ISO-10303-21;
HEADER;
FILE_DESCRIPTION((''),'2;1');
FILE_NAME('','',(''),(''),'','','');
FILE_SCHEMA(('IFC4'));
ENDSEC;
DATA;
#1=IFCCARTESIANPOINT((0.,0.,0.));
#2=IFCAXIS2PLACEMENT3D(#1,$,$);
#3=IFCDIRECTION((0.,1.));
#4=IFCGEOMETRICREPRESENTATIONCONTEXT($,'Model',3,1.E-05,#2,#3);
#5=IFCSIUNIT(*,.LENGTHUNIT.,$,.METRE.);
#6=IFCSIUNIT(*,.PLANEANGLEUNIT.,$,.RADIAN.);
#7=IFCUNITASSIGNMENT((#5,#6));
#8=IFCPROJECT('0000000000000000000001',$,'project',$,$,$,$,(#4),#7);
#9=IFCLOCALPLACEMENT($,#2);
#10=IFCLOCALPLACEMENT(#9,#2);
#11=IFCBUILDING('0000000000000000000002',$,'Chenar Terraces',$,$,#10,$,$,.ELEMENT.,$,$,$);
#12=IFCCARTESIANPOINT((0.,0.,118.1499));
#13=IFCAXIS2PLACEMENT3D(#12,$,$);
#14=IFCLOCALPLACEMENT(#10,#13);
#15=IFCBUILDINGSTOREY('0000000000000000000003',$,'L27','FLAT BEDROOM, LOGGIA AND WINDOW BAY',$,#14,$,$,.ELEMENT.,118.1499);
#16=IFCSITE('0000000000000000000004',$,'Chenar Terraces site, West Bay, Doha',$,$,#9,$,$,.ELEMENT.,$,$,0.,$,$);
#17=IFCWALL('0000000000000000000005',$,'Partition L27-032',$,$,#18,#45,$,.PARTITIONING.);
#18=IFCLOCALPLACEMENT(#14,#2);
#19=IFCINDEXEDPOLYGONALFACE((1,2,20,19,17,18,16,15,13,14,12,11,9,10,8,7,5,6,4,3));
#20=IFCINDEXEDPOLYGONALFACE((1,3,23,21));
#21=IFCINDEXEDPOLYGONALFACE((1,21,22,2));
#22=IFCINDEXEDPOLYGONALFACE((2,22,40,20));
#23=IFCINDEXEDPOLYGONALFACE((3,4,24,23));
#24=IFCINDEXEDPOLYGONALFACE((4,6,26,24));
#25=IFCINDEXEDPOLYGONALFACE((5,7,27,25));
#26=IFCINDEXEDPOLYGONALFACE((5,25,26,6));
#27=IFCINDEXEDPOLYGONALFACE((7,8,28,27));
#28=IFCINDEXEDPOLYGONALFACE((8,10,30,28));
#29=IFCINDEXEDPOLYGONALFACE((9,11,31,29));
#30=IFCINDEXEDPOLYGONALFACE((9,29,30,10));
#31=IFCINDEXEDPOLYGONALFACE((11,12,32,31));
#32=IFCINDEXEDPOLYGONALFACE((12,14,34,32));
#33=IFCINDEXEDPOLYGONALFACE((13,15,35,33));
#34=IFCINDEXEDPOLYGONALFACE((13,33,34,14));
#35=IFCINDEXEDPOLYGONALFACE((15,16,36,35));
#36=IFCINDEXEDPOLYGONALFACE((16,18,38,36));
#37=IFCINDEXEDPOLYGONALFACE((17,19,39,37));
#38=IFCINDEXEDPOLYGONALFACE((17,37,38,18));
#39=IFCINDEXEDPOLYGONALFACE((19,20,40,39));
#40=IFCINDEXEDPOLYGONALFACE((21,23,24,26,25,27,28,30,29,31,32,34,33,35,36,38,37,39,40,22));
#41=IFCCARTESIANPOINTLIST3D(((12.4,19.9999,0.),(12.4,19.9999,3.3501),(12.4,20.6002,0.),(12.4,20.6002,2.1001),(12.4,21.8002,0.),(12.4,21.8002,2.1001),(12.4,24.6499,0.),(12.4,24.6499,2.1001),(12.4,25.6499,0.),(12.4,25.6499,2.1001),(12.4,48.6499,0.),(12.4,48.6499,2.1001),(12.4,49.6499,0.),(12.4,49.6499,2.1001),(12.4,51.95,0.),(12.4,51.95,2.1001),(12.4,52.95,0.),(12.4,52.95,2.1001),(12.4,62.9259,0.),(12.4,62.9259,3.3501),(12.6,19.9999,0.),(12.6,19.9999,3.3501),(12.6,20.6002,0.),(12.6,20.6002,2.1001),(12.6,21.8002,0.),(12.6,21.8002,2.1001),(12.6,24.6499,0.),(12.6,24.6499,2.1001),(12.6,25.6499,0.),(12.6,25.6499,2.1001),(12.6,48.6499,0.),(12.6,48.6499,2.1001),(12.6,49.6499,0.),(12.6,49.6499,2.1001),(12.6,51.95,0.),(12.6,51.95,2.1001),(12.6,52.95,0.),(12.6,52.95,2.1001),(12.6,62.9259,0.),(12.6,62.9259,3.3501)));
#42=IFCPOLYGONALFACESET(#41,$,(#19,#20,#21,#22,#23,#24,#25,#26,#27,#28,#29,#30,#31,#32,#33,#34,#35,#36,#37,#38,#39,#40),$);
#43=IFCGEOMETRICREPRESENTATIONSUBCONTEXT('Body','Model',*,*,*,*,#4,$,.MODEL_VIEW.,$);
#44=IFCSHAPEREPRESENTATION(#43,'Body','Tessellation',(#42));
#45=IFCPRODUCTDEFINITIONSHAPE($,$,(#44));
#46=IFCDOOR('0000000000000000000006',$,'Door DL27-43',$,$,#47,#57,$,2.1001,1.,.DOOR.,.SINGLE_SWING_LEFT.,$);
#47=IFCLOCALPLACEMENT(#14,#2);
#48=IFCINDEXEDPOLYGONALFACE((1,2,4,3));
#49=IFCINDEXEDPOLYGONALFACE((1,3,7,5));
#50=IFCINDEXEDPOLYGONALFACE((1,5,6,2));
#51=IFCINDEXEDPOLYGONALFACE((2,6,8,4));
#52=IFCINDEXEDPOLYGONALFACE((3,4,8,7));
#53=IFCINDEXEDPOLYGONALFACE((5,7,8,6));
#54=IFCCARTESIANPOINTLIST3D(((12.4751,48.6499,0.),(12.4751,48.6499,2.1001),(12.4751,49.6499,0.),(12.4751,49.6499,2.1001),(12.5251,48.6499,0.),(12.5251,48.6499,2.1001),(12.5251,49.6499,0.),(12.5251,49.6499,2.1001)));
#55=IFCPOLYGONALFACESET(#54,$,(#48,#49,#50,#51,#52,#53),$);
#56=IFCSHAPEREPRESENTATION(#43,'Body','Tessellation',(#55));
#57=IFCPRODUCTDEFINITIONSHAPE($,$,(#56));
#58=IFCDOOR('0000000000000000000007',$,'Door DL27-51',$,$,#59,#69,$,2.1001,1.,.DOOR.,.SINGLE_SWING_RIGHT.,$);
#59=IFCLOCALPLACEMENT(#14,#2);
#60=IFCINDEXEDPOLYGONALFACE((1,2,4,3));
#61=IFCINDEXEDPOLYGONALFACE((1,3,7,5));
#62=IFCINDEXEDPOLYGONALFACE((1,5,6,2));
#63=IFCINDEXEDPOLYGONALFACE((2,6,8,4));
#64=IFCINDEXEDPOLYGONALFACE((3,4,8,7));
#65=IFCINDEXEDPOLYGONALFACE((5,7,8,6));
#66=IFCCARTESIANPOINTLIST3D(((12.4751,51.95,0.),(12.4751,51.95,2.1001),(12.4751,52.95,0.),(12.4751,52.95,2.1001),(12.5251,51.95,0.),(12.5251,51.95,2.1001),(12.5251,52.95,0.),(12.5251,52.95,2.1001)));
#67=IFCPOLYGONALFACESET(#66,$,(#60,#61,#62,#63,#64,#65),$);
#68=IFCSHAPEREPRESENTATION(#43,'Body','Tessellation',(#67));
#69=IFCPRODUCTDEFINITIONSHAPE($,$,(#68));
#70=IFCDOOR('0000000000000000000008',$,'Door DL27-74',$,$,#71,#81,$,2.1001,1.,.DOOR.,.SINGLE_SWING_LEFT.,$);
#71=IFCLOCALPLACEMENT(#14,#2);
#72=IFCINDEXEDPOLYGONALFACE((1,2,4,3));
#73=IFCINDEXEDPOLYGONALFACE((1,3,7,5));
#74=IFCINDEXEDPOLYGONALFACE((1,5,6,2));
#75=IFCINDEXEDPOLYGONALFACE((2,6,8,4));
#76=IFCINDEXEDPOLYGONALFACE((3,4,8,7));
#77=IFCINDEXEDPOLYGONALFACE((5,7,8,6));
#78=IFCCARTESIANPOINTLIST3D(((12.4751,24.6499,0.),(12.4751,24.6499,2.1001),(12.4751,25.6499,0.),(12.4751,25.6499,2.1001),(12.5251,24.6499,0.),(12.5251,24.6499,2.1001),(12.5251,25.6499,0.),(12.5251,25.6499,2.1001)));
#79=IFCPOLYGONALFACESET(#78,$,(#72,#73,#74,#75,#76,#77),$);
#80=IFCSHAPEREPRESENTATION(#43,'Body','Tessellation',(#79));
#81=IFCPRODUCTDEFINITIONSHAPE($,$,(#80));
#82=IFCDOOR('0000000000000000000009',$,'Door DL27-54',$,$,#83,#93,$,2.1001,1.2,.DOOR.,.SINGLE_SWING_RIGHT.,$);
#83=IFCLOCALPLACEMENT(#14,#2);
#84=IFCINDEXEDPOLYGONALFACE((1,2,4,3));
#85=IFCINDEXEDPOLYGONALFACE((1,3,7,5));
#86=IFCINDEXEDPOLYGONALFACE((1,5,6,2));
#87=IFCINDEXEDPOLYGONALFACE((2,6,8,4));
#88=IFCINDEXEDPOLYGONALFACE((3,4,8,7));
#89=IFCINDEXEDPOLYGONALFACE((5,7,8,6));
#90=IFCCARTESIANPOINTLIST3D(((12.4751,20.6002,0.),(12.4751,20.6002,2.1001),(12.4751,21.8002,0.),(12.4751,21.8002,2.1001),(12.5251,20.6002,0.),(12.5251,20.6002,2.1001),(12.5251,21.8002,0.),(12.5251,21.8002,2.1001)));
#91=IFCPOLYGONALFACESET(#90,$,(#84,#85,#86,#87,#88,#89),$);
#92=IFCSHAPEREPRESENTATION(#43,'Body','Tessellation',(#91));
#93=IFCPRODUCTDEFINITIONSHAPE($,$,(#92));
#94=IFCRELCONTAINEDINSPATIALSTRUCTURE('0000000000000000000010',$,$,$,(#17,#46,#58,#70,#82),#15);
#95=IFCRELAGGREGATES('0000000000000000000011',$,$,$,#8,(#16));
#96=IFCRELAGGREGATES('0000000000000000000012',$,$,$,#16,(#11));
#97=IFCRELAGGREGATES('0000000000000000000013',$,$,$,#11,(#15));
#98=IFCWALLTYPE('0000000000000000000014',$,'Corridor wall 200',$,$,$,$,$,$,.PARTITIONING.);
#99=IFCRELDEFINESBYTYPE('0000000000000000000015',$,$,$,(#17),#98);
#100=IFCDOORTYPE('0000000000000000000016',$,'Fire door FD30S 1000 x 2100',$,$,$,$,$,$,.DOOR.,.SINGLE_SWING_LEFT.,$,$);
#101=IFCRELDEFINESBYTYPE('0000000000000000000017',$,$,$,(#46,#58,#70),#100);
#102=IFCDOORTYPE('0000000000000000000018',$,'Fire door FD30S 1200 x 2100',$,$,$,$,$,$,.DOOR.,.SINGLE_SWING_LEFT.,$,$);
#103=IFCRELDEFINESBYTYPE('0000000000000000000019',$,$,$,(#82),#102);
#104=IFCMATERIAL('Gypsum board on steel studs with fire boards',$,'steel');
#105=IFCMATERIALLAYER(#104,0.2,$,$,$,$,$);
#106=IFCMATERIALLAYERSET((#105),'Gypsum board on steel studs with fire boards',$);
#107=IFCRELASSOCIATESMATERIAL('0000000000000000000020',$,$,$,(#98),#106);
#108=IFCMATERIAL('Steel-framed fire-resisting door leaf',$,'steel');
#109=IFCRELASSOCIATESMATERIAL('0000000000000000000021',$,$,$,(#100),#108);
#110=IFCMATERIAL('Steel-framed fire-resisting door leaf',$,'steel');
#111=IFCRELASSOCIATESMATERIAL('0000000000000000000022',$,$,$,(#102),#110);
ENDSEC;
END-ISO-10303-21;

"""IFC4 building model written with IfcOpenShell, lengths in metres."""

from ifc_helpers import new_model, si_unit, direction, frame, frame_2d, origin, place, context, subcontext, project, spatial, rectangle, extrude, material, layer, layer_set, type_object, element, fill, save


model = new_model("IFC4")

# Units and contexts
model_context = context("Model", 3, precision=1e-05, world=origin(), true_north=direction((0.0, 1.0)))
body_context = subcontext(model_context, "Body", "Model", "MODEL_VIEW")
ifc_project = project(units=[si_unit("LENGTHUNIT", "METRE"), si_unit("PLANEANGLEUNIT", "RADIAN")], contexts=[model_context])

# Site, building, storey
site_placement = place(None, origin())
site = spatial("IfcSite", under=ifc_project, at=site_placement, Name="Chenar Terraces site, West Bay, Doha", CompositionType="ELEMENT", RefElevation=0.0)
building_placement = place(site_placement, origin())
building = spatial("IfcBuilding", under=site, at=building_placement, Name="Chenar Terraces", CompositionType="ELEMENT")
storey_placement = place(building_placement, frame((0.0, 0.0, 118.1499)))
storey = spatial("IfcBuildingStorey", under=building, at=storey_placement, Name="L27", Description="FLAT BEDROOM, LOGGIA AND WINDOW BAY", CompositionType="ELEMENT", Elevation=118.1499)

# Wall, openings, doors
ifc_material_1 = material(Name="Gypsum board on steel studs with fire boards", Category="steel")
ifc_layer_1 = layer(ifc_material_1, 0.2)
ifc_layer_set_1 = layer_set([ifc_layer_1], Name="Gypsum board on steel studs with fire boards")
wall_type_1 = type_object("IfcWallType", Name="Corridor wall 200", PredefinedType="PARTITIONING", material=ifc_layer_set_1)
wall_1_placement = place(storey_placement, frame((12.5, 20.0, 0.0), z_axis=(0.0, 0.0, 1.0), x_axis=(0.0, 1.0, 0.0)))
wall_1 = element("IfcWall", 1, at=wall_1_placement, inside=storey, type_object=wall_type_1, Name="Partition L27-032", PredefinedType="PARTITIONING", context=body_context, shape_type="SweptSolid", body=[
    extrude(rectangle(XDim=42.926, YDim=0.2, at=frame_2d((21.4629, 0.0))), origin(), (0.0, 0.0, 1.0), 3.3501),
])
opening_1_placement = place(wall_1_placement, frame((28.6499, 0.0, 0.0)))
opening_1 = element("IfcOpeningElement", 2, at=opening_1_placement, cuts=wall_1, PredefinedType="OPENING", context=body_context, shape_type="SweptSolid", body=[
    extrude(rectangle(XDim=1.0, YDim=2.1001, at=frame_2d((0.5, 1.05))), frame((0.0, 0.1099, 0.0), z_axis=(0.0, -1.0, 0.0), x_axis=(1.0, 0.0, 0.0)), (0.0, 0.0, 1.0), 0.22),
])
opening_2_placement = place(wall_1_placement, frame((31.95, 0.0, 0.0)))
opening_2 = element("IfcOpeningElement", 3, at=opening_2_placement, cuts=wall_1, PredefinedType="OPENING", context=body_context, shape_type="SweptSolid", body=[
    extrude(rectangle(XDim=1.0, YDim=2.1001, at=frame_2d((0.5, 1.05))), frame((0.0, 0.1099, 0.0), z_axis=(0.0, -1.0, 0.0), x_axis=(1.0, 0.0, 0.0)), (0.0, 0.0, 1.0), 0.22),
])
opening_3_placement = place(wall_1_placement, frame((0.6001, 0.0, 0.0)))
opening_3 = element("IfcOpeningElement", 4, at=opening_3_placement, cuts=wall_1, PredefinedType="OPENING", context=body_context, shape_type="SweptSolid", body=[
    extrude(rectangle(XDim=1.2, YDim=2.1001, at=frame_2d((0.6001, 1.05))), frame((0.0, 0.1099, 0.0), z_axis=(0.0, -1.0, 0.0), x_axis=(1.0, 0.0, 0.0)), (0.0, 0.0, 1.0), 0.22),
])
opening_4_placement = place(wall_1_placement, frame((4.6499, 0.0, 0.0)))
opening_4 = element("IfcOpeningElement", 5, at=opening_4_placement, cuts=wall_1, PredefinedType="OPENING", context=body_context, shape_type="SweptSolid", body=[
    extrude(rectangle(XDim=1.0, YDim=2.1001, at=frame_2d((0.5, 1.05))), frame((0.0, 0.1099, 0.0), z_axis=(0.0, -1.0, 0.0), x_axis=(1.0, 0.0, 0.0)), (0.0, 0.0, 1.0), 0.22),
])
ifc_material_2 = material(Name="Steel-framed fire-resisting door leaf", Category="steel")
door_type_1 = type_object("IfcDoorType", Name="Fire door FD30S 1000 x 2100", OperationType="SINGLE_SWING_LEFT", PredefinedType="DOOR", material=ifc_material_2)
door_1_placement = place(opening_1_placement, origin())
door_1 = element("IfcDoor", 6, at=door_1_placement, inside=storey, type_object=door_type_1, Name="Door DL27-43", OperationType="SINGLE_SWING_LEFT", OverallHeight=2.1001, OverallWidth=1.0, PredefinedType="DOOR", context=body_context, shape_type="SweptSolid", body=[
    extrude(rectangle(XDim=1.0, YDim=2.1001, at=frame_2d((0.5, 1.05))), frame((0.0, 0.0249, 0.0), z_axis=(0.0, -1.0, 0.0), x_axis=(1.0, 0.0, 0.0)), (0.0, 0.0, 1.0), 0.05),
])
fill(opening_1, door_1)
door_2_placement = place(opening_2_placement, origin())
door_2 = element("IfcDoor", 7, at=door_2_placement, inside=storey, type_object=door_type_1, Name="Door DL27-51", OperationType="SINGLE_SWING_RIGHT", OverallHeight=2.1001, OverallWidth=1.0, PredefinedType="DOOR", context=body_context, shape_type="SweptSolid", body=[
    extrude(rectangle(XDim=1.0, YDim=2.1001, at=frame_2d((0.5, 1.05))), frame((0.0, 0.0249, 0.0), z_axis=(0.0, -1.0, 0.0), x_axis=(1.0, 0.0, 0.0)), (0.0, 0.0, 1.0), 0.05),
])
fill(opening_2, door_2)
door_3_placement = place(opening_4_placement, origin())
door_3 = element("IfcDoor", 8, at=door_3_placement, inside=storey, type_object=door_type_1, Name="Door DL27-74", OperationType="SINGLE_SWING_LEFT", OverallHeight=2.1001, OverallWidth=1.0, PredefinedType="DOOR", context=body_context, shape_type="SweptSolid", body=[
    extrude(rectangle(XDim=1.0, YDim=2.1001, at=frame_2d((0.5, 1.05))), frame((0.0, 0.0249, 0.0), z_axis=(0.0, -1.0, 0.0), x_axis=(1.0, 0.0, 0.0)), (0.0, 0.0, 1.0), 0.05),
])
fill(opening_4, door_3)
ifc_material_3 = material(Name="Steel-framed fire-resisting door leaf", Category="steel")
door_type_2 = type_object("IfcDoorType", Name="Fire door FD30S 1200 x 2100", OperationType="SINGLE_SWING_LEFT", PredefinedType="DOOR", material=ifc_material_3)
door_4_placement = place(opening_3_placement, origin())
door_4 = element("IfcDoor", 9, at=door_4_placement, inside=storey, type_object=door_type_2, Name="Door DL27-54", OperationType="SINGLE_SWING_RIGHT", OverallHeight=2.1001, OverallWidth=1.2, PredefinedType="DOOR", context=body_context, shape_type="SweptSolid", body=[
    extrude(rectangle(XDim=1.2, YDim=2.1001, at=frame_2d((0.6001, 1.05))), frame((0.0, 0.0249, 0.0), z_axis=(0.0, -1.0, 0.0), x_axis=(1.0, 0.0, 0.0)), (0.0, 0.0, 1.0), 0.05),
])
fill(opening_3, door_4)

save(model, "model.ifc")
